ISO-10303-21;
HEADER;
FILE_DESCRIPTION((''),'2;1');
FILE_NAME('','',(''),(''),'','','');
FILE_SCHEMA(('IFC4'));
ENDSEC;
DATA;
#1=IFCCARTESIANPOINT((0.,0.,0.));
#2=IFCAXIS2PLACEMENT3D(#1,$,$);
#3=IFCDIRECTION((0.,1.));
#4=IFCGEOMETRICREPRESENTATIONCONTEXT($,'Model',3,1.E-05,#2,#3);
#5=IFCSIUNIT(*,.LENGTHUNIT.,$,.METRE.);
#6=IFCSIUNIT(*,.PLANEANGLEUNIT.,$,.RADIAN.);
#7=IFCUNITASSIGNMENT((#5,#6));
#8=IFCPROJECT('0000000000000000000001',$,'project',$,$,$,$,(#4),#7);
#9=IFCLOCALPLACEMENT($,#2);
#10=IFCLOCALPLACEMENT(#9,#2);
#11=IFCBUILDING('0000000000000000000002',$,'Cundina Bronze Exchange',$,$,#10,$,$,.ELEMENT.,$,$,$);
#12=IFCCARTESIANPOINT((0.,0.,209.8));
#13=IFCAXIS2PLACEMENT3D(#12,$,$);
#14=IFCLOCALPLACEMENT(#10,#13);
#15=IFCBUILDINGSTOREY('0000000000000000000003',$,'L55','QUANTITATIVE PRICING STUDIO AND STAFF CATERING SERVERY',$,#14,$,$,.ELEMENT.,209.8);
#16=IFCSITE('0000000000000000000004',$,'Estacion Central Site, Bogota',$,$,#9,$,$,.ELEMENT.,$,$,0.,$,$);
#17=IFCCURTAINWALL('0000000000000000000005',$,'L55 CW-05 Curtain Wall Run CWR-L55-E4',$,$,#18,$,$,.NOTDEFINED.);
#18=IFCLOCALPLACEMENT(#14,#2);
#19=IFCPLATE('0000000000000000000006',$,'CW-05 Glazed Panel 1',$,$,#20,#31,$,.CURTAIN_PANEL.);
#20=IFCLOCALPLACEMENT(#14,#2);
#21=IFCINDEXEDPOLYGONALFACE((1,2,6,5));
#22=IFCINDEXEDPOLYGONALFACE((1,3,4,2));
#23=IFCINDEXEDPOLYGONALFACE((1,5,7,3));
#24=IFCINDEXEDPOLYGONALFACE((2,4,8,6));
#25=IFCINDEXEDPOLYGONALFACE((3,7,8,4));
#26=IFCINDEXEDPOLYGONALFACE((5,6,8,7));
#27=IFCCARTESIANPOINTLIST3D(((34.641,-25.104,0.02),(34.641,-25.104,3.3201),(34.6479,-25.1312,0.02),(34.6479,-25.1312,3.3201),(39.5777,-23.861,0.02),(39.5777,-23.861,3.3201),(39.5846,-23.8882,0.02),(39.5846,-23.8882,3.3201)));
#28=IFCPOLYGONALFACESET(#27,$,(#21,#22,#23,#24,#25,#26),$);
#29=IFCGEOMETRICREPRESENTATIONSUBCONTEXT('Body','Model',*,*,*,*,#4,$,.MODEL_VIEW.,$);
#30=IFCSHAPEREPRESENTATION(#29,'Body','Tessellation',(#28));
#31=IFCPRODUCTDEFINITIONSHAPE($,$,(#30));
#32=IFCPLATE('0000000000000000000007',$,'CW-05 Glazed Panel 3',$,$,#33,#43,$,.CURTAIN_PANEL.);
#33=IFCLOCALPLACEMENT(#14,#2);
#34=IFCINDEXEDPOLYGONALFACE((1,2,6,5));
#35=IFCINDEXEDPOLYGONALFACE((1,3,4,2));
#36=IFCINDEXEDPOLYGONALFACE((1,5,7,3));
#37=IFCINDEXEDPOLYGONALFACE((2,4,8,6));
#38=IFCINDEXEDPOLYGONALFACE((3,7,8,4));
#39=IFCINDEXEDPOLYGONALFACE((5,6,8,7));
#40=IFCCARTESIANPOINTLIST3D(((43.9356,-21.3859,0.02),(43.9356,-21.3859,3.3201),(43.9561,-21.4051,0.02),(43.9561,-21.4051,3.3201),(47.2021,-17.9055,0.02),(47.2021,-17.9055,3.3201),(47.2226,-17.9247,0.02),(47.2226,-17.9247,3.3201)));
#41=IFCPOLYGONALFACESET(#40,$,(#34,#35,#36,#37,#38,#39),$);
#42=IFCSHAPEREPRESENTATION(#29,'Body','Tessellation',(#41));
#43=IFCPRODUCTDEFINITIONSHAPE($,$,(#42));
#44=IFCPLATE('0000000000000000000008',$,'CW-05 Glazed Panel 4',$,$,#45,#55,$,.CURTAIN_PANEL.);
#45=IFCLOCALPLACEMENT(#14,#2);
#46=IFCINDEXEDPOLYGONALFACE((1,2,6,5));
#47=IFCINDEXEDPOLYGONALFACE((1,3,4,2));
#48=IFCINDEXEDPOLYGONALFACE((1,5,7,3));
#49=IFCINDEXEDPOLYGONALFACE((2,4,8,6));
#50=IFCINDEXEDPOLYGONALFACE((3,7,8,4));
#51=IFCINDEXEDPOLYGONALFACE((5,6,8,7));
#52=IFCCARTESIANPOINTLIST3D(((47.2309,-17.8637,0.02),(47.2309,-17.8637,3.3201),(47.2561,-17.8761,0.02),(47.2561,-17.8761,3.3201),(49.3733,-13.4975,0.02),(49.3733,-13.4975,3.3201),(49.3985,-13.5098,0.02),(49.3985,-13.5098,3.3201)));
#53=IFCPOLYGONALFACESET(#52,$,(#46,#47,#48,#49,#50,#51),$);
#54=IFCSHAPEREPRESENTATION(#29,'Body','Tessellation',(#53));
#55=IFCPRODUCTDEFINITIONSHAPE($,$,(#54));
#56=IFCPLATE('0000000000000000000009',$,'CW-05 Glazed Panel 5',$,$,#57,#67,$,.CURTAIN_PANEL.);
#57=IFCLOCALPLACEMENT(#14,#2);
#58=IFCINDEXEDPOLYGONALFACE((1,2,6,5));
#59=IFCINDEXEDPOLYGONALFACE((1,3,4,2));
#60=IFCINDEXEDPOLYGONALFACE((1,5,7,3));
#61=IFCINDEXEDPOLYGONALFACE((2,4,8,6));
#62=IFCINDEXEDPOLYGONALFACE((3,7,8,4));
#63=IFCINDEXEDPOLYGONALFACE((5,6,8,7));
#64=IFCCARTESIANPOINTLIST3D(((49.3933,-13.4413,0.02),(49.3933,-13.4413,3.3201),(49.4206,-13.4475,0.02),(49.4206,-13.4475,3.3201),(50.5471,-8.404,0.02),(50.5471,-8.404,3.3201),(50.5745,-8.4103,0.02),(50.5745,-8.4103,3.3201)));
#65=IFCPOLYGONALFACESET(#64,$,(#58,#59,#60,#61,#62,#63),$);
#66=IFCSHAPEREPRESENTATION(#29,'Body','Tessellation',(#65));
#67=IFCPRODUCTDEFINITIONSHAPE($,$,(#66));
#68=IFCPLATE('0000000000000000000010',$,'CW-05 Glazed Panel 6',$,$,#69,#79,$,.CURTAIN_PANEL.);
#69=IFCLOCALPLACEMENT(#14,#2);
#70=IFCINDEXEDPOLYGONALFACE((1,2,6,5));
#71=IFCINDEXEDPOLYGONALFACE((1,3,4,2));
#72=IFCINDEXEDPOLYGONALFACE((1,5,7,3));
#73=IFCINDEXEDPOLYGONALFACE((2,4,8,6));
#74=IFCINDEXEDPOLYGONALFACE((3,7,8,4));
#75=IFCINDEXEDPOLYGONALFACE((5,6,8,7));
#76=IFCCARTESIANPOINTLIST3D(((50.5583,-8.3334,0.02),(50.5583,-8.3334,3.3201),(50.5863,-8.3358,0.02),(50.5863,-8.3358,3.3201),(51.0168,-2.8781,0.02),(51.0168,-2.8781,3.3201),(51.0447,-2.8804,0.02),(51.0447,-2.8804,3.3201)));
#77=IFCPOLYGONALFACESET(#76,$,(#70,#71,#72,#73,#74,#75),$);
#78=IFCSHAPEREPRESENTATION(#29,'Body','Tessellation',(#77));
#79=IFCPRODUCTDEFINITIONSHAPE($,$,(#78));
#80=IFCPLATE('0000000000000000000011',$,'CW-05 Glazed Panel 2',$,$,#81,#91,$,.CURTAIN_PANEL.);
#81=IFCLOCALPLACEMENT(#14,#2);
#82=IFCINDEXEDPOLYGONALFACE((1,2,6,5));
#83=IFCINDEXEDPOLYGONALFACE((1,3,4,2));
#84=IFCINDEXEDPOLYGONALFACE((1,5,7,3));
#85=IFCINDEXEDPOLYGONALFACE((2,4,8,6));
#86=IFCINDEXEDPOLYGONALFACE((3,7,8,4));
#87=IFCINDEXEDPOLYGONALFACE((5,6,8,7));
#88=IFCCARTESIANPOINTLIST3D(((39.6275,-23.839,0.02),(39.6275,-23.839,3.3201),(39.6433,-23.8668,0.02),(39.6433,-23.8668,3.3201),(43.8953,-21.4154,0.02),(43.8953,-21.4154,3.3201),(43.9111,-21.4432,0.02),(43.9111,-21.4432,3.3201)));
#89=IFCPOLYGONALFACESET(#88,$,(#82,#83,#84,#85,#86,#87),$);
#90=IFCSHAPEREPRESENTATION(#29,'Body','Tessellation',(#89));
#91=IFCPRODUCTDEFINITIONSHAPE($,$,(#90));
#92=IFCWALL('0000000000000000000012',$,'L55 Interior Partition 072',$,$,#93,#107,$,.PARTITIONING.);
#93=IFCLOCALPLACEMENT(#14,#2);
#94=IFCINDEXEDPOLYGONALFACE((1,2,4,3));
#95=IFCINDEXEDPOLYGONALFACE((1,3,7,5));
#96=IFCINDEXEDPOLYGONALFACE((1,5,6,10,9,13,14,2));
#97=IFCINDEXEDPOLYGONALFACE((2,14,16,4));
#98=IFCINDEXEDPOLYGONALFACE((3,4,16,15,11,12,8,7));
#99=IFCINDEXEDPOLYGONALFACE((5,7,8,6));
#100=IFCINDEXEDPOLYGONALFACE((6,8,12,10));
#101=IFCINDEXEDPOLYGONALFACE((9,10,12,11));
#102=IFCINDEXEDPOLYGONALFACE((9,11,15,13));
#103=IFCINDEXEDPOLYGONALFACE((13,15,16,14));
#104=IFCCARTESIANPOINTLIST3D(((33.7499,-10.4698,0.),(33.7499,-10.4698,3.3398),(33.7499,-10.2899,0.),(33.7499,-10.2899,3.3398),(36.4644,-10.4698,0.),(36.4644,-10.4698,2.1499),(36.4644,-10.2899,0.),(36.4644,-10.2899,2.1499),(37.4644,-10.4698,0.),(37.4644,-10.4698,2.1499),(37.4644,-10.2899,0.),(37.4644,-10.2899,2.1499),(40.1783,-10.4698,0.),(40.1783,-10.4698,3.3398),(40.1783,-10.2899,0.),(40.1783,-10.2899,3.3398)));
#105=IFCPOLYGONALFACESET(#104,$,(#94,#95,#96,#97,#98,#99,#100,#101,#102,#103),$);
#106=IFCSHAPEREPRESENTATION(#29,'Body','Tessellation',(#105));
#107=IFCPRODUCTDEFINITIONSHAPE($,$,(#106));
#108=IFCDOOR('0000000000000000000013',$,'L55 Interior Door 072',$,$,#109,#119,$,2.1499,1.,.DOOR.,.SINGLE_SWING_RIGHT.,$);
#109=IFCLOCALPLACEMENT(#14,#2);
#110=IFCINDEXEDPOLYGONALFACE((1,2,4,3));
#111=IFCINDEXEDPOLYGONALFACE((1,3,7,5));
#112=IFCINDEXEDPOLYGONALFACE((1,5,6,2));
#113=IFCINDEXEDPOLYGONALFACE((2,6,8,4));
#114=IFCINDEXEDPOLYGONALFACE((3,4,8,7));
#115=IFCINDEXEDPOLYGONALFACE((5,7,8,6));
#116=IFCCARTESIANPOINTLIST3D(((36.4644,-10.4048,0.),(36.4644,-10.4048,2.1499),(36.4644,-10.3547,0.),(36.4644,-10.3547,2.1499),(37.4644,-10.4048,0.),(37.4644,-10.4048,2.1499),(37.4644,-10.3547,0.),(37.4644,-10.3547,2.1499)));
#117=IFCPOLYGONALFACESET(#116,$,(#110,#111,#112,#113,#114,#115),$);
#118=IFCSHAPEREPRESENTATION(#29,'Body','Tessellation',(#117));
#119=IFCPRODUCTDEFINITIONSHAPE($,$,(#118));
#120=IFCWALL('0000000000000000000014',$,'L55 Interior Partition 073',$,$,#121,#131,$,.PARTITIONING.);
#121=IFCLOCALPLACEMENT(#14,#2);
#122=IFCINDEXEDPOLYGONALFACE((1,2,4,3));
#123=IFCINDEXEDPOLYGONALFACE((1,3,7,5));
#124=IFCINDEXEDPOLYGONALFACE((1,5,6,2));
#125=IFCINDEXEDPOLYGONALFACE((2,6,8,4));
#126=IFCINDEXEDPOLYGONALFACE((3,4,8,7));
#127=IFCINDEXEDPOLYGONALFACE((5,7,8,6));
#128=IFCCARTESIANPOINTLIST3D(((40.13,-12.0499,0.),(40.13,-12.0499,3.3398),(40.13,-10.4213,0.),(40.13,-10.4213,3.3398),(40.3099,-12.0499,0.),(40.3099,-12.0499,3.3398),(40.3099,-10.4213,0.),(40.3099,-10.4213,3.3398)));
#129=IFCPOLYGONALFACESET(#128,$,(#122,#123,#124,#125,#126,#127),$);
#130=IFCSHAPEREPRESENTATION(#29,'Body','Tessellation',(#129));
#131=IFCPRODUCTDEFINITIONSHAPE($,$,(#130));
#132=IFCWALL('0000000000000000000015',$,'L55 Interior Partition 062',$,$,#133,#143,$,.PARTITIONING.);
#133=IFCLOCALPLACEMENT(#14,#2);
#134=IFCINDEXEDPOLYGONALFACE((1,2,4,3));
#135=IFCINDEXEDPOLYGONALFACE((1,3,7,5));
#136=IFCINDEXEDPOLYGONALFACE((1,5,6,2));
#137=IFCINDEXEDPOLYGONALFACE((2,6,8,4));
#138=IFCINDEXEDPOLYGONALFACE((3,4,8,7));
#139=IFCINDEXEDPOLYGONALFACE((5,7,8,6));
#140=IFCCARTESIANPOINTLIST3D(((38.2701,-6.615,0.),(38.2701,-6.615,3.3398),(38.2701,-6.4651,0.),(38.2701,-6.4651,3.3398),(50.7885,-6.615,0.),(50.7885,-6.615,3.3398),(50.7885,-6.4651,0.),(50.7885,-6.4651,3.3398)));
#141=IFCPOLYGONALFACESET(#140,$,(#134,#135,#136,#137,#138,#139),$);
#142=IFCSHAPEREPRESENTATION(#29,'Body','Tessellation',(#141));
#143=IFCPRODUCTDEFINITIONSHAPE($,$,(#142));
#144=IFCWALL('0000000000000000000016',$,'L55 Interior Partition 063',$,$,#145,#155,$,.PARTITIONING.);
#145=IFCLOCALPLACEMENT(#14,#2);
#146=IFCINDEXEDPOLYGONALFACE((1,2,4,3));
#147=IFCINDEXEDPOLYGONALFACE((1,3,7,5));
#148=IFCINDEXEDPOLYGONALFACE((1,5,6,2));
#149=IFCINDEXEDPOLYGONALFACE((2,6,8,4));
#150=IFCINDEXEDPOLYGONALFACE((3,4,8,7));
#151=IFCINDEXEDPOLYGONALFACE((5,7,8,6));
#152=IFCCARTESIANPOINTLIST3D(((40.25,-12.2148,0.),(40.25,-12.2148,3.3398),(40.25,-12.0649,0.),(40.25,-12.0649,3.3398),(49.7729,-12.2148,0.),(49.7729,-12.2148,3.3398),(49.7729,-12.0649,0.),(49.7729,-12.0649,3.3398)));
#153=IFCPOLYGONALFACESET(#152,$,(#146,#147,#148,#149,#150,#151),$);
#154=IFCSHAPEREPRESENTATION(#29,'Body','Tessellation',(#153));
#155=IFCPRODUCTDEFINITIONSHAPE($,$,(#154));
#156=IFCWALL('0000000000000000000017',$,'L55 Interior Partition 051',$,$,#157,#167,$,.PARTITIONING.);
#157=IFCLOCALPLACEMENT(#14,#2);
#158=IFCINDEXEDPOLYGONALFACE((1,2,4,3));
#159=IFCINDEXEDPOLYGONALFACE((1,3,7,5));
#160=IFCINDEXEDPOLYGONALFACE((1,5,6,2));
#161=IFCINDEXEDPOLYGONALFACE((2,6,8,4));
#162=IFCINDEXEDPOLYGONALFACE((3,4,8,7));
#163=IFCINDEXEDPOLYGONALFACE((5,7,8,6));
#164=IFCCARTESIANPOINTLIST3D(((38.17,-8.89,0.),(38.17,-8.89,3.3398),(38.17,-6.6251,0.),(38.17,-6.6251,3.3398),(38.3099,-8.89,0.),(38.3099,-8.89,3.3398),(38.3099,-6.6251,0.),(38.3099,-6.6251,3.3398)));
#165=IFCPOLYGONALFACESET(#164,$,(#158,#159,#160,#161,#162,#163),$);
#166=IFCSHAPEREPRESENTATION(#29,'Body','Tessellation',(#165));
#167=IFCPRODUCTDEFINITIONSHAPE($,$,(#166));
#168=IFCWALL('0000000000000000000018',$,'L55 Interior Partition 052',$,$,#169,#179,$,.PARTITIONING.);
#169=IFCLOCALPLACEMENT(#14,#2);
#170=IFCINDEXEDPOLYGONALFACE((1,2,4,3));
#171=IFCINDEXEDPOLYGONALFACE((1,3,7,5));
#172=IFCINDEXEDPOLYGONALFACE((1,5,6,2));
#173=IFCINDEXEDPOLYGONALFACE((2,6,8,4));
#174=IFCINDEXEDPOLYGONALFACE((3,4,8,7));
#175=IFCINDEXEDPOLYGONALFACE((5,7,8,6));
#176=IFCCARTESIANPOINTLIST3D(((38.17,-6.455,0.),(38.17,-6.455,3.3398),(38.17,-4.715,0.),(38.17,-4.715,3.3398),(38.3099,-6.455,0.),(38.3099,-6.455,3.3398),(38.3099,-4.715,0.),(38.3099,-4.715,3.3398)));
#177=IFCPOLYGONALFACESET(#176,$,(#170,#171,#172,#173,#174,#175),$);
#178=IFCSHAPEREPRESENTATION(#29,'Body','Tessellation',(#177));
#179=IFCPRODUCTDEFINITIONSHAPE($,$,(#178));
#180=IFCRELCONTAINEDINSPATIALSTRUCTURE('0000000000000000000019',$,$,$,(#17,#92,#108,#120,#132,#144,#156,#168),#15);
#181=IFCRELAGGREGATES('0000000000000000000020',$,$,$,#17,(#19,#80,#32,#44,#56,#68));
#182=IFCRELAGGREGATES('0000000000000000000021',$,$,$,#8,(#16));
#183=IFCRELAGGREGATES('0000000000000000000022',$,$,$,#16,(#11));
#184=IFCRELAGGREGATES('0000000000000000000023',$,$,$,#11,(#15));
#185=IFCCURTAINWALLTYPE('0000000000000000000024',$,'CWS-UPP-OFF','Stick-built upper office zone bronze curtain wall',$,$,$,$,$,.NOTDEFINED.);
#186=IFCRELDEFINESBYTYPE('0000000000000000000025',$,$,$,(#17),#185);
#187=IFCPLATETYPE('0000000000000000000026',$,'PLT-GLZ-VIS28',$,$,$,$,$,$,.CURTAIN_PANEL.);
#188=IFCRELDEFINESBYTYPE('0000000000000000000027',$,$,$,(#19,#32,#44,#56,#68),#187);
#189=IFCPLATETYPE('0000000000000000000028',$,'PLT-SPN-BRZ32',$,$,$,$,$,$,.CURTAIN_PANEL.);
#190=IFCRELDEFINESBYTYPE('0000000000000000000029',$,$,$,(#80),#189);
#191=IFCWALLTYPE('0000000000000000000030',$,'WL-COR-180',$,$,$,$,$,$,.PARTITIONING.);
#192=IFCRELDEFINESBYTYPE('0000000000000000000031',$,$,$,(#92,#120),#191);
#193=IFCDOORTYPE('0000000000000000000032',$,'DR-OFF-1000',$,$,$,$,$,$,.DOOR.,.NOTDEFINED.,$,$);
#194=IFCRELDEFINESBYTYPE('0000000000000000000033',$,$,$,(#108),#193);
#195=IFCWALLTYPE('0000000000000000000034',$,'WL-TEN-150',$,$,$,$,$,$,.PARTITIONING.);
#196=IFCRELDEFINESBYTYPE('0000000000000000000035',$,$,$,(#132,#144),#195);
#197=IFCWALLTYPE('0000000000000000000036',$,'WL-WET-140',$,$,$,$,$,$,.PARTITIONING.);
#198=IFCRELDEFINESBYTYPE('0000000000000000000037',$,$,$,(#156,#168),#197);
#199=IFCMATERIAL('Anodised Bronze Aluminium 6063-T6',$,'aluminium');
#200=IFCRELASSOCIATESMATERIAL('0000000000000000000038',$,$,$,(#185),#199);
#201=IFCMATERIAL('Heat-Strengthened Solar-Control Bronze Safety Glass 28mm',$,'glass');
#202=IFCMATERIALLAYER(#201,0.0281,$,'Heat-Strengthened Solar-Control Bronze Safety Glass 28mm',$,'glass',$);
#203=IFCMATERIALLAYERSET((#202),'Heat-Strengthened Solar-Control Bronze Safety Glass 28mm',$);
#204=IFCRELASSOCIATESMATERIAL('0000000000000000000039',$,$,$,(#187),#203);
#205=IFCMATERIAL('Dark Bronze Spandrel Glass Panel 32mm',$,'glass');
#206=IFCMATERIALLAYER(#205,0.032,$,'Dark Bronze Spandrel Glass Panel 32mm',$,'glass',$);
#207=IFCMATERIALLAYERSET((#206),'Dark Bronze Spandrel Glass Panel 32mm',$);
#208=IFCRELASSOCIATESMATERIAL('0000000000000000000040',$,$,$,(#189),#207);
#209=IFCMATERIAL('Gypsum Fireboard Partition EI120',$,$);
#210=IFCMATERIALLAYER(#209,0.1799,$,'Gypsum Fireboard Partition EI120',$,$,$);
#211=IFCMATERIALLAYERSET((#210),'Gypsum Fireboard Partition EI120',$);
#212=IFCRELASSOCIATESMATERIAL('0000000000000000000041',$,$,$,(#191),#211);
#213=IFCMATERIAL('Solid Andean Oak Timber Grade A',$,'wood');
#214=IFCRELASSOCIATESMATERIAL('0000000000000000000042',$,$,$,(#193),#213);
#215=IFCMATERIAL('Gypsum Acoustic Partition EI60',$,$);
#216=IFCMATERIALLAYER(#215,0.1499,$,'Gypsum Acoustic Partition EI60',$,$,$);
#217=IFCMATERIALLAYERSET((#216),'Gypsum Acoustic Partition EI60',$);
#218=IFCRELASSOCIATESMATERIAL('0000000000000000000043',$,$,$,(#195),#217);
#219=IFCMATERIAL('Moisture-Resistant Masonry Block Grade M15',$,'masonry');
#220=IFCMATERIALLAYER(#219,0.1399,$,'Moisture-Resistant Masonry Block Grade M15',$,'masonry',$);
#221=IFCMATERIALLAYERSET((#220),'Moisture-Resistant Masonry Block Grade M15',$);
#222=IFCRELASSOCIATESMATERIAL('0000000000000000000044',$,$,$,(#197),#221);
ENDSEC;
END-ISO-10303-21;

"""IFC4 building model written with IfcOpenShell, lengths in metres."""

from ifc_helpers import new_model, si_unit, direction, frame, frame_2d, origin, origin_2d, place, context, subcontext, project, spatial, rectangle, extrude, material, layer, layer_set, type_object, element, fill, aggregate, save


model = new_model("IFC4")

# Units and contexts
model_context = context("Model", 3, precision=1e-05, world=origin(), true_north=direction((0.0, 1.0)))
body_context = subcontext(model_context, "Body", "Model", "MODEL_VIEW")
ifc_project = project(units=[si_unit("LENGTHUNIT", "METRE"), si_unit("PLANEANGLEUNIT", "RADIAN")], contexts=[model_context])

# Site, building, storey
site_placement = place(None, origin())
site = spatial("IfcSite", under=ifc_project, at=site_placement, Name="Estacion Central Site, Bogota", CompositionType="ELEMENT", RefElevation=0.0)
building_placement = place(site_placement, origin())
building = spatial("IfcBuilding", under=site, at=building_placement, Name="Cundina Bronze Exchange", CompositionType="ELEMENT")
storey_placement = place(building_placement, frame((0.0, 0.0, 209.8)))
storey = spatial("IfcBuildingStorey", under=building, at=storey_placement, Name="L55", Description="QUANTITATIVE PRICING STUDIO AND STAFF CATERING SERVERY", CompositionType="ELEMENT", Elevation=209.8)

# Curtain wall, plates
ifc_material_1 = material(Name="Anodised Bronze Aluminium 6063-T6", Category="aluminium")
curtain_wall_type = type_object("IfcCurtainWallType", Name="CWS-UPP-OFF", Description="Stick-built upper office zone bronze curtain wall", PredefinedType="NOTDEFINED", material=ifc_material_1)
curtain_wall_placement = place(storey_placement, origin())
curtain_wall = element("IfcCurtainWall", 1, at=curtain_wall_placement, inside=storey, type_object=curtain_wall_type, Name="L55 CW-05 Curtain Wall Run CWR-L55-E4", PredefinedType="NOTDEFINED")
ifc_material_2 = material(Name="Heat-Strengthened Solar-Control Bronze Safety Glass 28mm", Category="glass")
ifc_layer_1 = layer(ifc_material_2, 0.0281, Name="Heat-Strengthened Solar-Control Bronze Safety Glass 28mm", Category="glass")
ifc_layer_set_1 = layer_set([ifc_layer_1], Name="Heat-Strengthened Solar-Control Bronze Safety Glass 28mm")
plate_type_1 = type_object("IfcPlateType", Name="PLT-GLZ-VIS28", PredefinedType="CURTAIN_PANEL", material=ifc_layer_set_1)
plate_1_placement = place(storey_placement, frame((37.1128, -24.4961, 0.02), z_axis=(0.0, 0.0, 1.0), x_axis=(0.969732, 0.244174, 0.0)))
plate_1 = element("IfcPlate", 2, at=plate_1_placement, type_object=plate_type_1, Name="CW-05 Glazed Panel 1", PredefinedType="CURTAIN_PANEL", context=body_context, shape_type="SweptSolid", body=[
    extrude(rectangle(XDim=5.0908, YDim=0.0281, at=origin_2d()), origin(), (0.0, 0.0, 1.0), 3.3),
])
plate_2_placement = place(storey_placement, frame((45.5791, -19.6553, 0.02), z_axis=(0.0, 0.0, 1.0), x_axis=(0.684344, 0.72916, 0.0)))
plate_2 = element("IfcPlate", 3, at=plate_2_placement, type_object=plate_type_1, Name="CW-05 Glazed Panel 3", PredefinedType="CURTAIN_PANEL", context=body_context, shape_type="SweptSolid", body=[
    extrude(rectangle(XDim=4.7732, YDim=0.0281, at=origin_2d()), origin(), (0.0, 0.0, 1.0), 3.3),
])
plate_3_placement = place(storey_placement, frame((48.3147, -15.6868, 0.02), z_axis=(0.0, 0.0, 1.0), x_axis=(0.440503, 0.897751, 0.0)))
plate_3 = element("IfcPlate", 4, at=plate_3_placement, type_object=plate_type_1, Name="CW-05 Glazed Panel 4", PredefinedType="CURTAIN_PANEL", context=body_context, shape_type="SweptSolid", body=[
    extrude(rectangle(XDim=4.8635, YDim=0.0281, at=origin_2d()), origin(), (0.0, 0.0, 1.0), 3.3),
])
plate_4_placement = place(storey_placement, frame((49.9839, -10.9258, 0.02), z_axis=(0.0, 0.0, 1.0), x_axis=(0.223284, 0.974753, 0.0)))
plate_4 = element("IfcPlate", 5, at=plate_4_placement, type_object=plate_type_1, Name="CW-05 Glazed Panel 5", PredefinedType="CURTAIN_PANEL", context=body_context, shape_type="SweptSolid", body=[
    extrude(rectangle(XDim=5.1677, YDim=0.0281, at=origin_2d()), origin(), (0.0, 0.0, 1.0), 3.3),
])
plate_5_placement = place(storey_placement, frame((50.8015, -5.6069, 0.02), z_axis=(0.0, 0.0, 1.0), x_axis=(0.083747, 0.996487, 0.0)))
plate_5 = element("IfcPlate", 6, at=plate_5_placement, type_object=plate_type_1, Name="CW-05 Glazed Panel 6", PredefinedType="CURTAIN_PANEL", context=body_context, shape_type="SweptSolid", body=[
    extrude(rectangle(XDim=5.4746, YDim=0.0281, at=origin_2d()), origin(), (0.0, 0.0, 1.0), 3.3),
])
ifc_material_3 = material(Name="Dark Bronze Spandrel Glass Panel 32mm", Category="glass")
ifc_layer_2 = layer(ifc_material_3, 0.032, Name="Dark Bronze Spandrel Glass Panel 32mm", Category="glass")
ifc_layer_set_2 = layer_set([ifc_layer_2], Name="Dark Bronze Spandrel Glass Panel 32mm")
plate_type_2 = type_object("IfcPlateType", Name="PLT-SPN-BRZ32", PredefinedType="CURTAIN_PANEL", material=ifc_layer_set_2)
plate_6_placement = place(storey_placement, frame((41.7693, -22.6411, 0.02), z_axis=(0.0, 0.0, 1.0), x_axis=(0.869573, 0.493805, 0.0)))
plate_6 = element("IfcPlate", 7, at=plate_6_placement, type_object=plate_type_2, Name="CW-05 Glazed Panel 2", PredefinedType="CURTAIN_PANEL", context=body_context, shape_type="SweptSolid", body=[
    extrude(rectangle(XDim=4.908, YDim=0.032, at=origin_2d()), origin(), (0.0, 0.0, 1.0), 3.3),
])
aggregate(curtain_wall, [plate_1, plate_6, plate_2, plate_3, plate_4, plate_5])

# Wall, opening, door
ifc_material_4 = material(Name="Gypsum Fireboard Partition EI120")
ifc_layer_3 = layer(ifc_material_4, 0.1799, Name="Gypsum Fireboard Partition EI120")
ifc_layer_set_3 = layer_set([ifc_layer_3], Name="Gypsum Fireboard Partition EI120")
wall_type_1 = type_object("IfcWallType", Name="WL-COR-180", PredefinedType="PARTITIONING", material=ifc_layer_set_3)
wall_1_placement = place(storey_placement, frame((40.1785, -10.3799, 0.0), z_axis=(0.0, 0.0, 1.0), x_axis=(-1.0, 0.0, 0.0)))
wall_1 = element("IfcWall", 8, at=wall_1_placement, inside=storey, type_object=wall_type_1, Name="L55 Interior Partition 072", PredefinedType="PARTITIONING", context=body_context, shape_type="SweptSolid", body=[
    extrude(rectangle(XDim=6.4285, YDim=0.1799, at=frame_2d((3.2144, 0.0))), origin(), (0.0, 0.0, 1.0), 3.3398),
])
opening_placement = place(wall_1_placement, frame((2.7141, 0.0, 0.0)))
opening = element("IfcOpeningElement", 9, at=opening_placement, cuts=wall_1, PredefinedType="OPENING", context=body_context, shape_type="SweptSolid", body=[
    extrude(rectangle(XDim=1.0, YDim=2.1499, at=frame_2d((0.5, 1.075))), frame((0.0, 0.0999, 0.0), z_axis=(0.0, -1.0, 0.0), x_axis=(1.0, 0.0, 0.0)), (0.0, 0.0, 1.0), 0.2),
])
ifc_material_5 = material(Name="Solid Andean Oak Timber Grade A", Category="wood")
door_type = type_object("IfcDoorType", Name="DR-OFF-1000", OperationType="NOTDEFINED", PredefinedType="DOOR", material=ifc_material_5)
door_placement = place(opening_placement, origin())
door = element("IfcDoor", 10, at=door_placement, inside=storey, type_object=door_type, Name="L55 Interior Door 072", OperationType="SINGLE_SWING_RIGHT", OverallHeight=2.1499, OverallWidth=1.0, PredefinedType="DOOR", context=body_context, shape_type="SweptSolid", body=[
    extrude(rectangle(XDim=1.0, YDim=2.1499, at=frame_2d((0.5, 1.075))), frame((0.0, 0.0249, 0.0), z_axis=(0.0, -1.0, 0.0), x_axis=(1.0, 0.0, 0.0)), (0.0, 0.0, 1.0), 0.05),
])
fill(opening, door)

# Walls
wall_2_placement = place(storey_placement, frame((40.22, -12.05, 0.0), z_axis=(0.0, 0.0, 1.0), x_axis=(0.0, 1.0, 0.0)))
element("IfcWall", 11, at=wall_2_placement, inside=storey, type_object=wall_type_1, Name="L55 Interior Partition 073", PredefinedType="PARTITIONING", context=body_context, shape_type="SweptSolid", body=[
    extrude(rectangle(XDim=1.6287, YDim=0.1799, at=frame_2d((0.8145, 0.0))), origin(), (0.0, 0.0, 1.0), 3.3398),
])
ifc_material_6 = material(Name="Gypsum Acoustic Partition EI60")
ifc_layer_4 = layer(ifc_material_6, 0.1499, Name="Gypsum Acoustic Partition EI60")
ifc_layer_set_4 = layer_set([ifc_layer_4], Name="Gypsum Acoustic Partition EI60")
wall_type_2 = type_object("IfcWallType", Name="WL-TEN-150", PredefinedType="PARTITIONING", material=ifc_layer_set_4)
wall_3_placement = place(storey_placement, frame((38.27, -6.54, 0.0), z_axis=(0.0, 0.0, 1.0), x_axis=(1.0, 0.0, 0.0)))
element("IfcWall", 12, at=wall_3_placement, inside=storey, type_object=wall_type_2, Name="L55 Interior Partition 062", PredefinedType="PARTITIONING", context=body_context, shape_type="SweptSolid", body=[
    extrude(rectangle(XDim=12.5183, YDim=0.1499, at=frame_2d((6.2593, 0.0))), origin(), (0.0, 0.0, 1.0), 3.3398),
])
wall_4_placement = place(storey_placement, frame((40.25, -12.1399, 0.0), z_axis=(0.0, 0.0, 1.0), x_axis=(1.0, 0.0, 0.0)))
element("IfcWall", 13, at=wall_4_placement, inside=storey, type_object=wall_type_2, Name="L55 Interior Partition 063", PredefinedType="PARTITIONING", context=body_context, shape_type="SweptSolid", body=[
    extrude(rectangle(XDim=9.5229, YDim=0.1499, at=frame_2d((4.7615, 0.0))), origin(), (0.0, 0.0, 1.0), 3.3398),
])
ifc_material_7 = material(Name="Moisture-Resistant Masonry Block Grade M15", Category="masonry")
ifc_layer_5 = layer(ifc_material_7, 0.1399, Name="Moisture-Resistant Masonry Block Grade M15", Category="masonry")
ifc_layer_set_5 = layer_set([ifc_layer_5], Name="Moisture-Resistant Masonry Block Grade M15")
wall_type_3 = type_object("IfcWallType", Name="WL-WET-140", PredefinedType="PARTITIONING", material=ifc_layer_set_5)
wall_5_placement = place(storey_placement, frame((38.24, -8.8899, 0.0), z_axis=(0.0, 0.0, 1.0), x_axis=(0.0, 1.0, 0.0)))
element("IfcWall", 14, at=wall_5_placement, inside=storey, type_object=wall_type_3, Name="L55 Interior Partition 051", PredefinedType="PARTITIONING", context=body_context, shape_type="SweptSolid", body=[
    extrude(rectangle(XDim=2.2649, YDim=0.1399, at=frame_2d((1.1323, 0.0))), origin(), (0.0, 0.0, 1.0), 3.3398),
])
wall_6_placement = place(storey_placement, frame((38.24, -6.4551, 0.0), z_axis=(0.0, 0.0, 1.0), x_axis=(0.0, 1.0, 0.0)))
element("IfcWall", 15, at=wall_6_placement, inside=storey, type_object=wall_type_3, Name="L55 Interior Partition 052", PredefinedType="PARTITIONING", context=body_context, shape_type="SweptSolid", body=[
    extrude(rectangle(XDim=1.74, YDim=0.1399, at=frame_2d((0.8701, 0.0))), origin(), (0.0, 0.0, 1.0), 3.3398),
])

save(model, "model.ifc")
